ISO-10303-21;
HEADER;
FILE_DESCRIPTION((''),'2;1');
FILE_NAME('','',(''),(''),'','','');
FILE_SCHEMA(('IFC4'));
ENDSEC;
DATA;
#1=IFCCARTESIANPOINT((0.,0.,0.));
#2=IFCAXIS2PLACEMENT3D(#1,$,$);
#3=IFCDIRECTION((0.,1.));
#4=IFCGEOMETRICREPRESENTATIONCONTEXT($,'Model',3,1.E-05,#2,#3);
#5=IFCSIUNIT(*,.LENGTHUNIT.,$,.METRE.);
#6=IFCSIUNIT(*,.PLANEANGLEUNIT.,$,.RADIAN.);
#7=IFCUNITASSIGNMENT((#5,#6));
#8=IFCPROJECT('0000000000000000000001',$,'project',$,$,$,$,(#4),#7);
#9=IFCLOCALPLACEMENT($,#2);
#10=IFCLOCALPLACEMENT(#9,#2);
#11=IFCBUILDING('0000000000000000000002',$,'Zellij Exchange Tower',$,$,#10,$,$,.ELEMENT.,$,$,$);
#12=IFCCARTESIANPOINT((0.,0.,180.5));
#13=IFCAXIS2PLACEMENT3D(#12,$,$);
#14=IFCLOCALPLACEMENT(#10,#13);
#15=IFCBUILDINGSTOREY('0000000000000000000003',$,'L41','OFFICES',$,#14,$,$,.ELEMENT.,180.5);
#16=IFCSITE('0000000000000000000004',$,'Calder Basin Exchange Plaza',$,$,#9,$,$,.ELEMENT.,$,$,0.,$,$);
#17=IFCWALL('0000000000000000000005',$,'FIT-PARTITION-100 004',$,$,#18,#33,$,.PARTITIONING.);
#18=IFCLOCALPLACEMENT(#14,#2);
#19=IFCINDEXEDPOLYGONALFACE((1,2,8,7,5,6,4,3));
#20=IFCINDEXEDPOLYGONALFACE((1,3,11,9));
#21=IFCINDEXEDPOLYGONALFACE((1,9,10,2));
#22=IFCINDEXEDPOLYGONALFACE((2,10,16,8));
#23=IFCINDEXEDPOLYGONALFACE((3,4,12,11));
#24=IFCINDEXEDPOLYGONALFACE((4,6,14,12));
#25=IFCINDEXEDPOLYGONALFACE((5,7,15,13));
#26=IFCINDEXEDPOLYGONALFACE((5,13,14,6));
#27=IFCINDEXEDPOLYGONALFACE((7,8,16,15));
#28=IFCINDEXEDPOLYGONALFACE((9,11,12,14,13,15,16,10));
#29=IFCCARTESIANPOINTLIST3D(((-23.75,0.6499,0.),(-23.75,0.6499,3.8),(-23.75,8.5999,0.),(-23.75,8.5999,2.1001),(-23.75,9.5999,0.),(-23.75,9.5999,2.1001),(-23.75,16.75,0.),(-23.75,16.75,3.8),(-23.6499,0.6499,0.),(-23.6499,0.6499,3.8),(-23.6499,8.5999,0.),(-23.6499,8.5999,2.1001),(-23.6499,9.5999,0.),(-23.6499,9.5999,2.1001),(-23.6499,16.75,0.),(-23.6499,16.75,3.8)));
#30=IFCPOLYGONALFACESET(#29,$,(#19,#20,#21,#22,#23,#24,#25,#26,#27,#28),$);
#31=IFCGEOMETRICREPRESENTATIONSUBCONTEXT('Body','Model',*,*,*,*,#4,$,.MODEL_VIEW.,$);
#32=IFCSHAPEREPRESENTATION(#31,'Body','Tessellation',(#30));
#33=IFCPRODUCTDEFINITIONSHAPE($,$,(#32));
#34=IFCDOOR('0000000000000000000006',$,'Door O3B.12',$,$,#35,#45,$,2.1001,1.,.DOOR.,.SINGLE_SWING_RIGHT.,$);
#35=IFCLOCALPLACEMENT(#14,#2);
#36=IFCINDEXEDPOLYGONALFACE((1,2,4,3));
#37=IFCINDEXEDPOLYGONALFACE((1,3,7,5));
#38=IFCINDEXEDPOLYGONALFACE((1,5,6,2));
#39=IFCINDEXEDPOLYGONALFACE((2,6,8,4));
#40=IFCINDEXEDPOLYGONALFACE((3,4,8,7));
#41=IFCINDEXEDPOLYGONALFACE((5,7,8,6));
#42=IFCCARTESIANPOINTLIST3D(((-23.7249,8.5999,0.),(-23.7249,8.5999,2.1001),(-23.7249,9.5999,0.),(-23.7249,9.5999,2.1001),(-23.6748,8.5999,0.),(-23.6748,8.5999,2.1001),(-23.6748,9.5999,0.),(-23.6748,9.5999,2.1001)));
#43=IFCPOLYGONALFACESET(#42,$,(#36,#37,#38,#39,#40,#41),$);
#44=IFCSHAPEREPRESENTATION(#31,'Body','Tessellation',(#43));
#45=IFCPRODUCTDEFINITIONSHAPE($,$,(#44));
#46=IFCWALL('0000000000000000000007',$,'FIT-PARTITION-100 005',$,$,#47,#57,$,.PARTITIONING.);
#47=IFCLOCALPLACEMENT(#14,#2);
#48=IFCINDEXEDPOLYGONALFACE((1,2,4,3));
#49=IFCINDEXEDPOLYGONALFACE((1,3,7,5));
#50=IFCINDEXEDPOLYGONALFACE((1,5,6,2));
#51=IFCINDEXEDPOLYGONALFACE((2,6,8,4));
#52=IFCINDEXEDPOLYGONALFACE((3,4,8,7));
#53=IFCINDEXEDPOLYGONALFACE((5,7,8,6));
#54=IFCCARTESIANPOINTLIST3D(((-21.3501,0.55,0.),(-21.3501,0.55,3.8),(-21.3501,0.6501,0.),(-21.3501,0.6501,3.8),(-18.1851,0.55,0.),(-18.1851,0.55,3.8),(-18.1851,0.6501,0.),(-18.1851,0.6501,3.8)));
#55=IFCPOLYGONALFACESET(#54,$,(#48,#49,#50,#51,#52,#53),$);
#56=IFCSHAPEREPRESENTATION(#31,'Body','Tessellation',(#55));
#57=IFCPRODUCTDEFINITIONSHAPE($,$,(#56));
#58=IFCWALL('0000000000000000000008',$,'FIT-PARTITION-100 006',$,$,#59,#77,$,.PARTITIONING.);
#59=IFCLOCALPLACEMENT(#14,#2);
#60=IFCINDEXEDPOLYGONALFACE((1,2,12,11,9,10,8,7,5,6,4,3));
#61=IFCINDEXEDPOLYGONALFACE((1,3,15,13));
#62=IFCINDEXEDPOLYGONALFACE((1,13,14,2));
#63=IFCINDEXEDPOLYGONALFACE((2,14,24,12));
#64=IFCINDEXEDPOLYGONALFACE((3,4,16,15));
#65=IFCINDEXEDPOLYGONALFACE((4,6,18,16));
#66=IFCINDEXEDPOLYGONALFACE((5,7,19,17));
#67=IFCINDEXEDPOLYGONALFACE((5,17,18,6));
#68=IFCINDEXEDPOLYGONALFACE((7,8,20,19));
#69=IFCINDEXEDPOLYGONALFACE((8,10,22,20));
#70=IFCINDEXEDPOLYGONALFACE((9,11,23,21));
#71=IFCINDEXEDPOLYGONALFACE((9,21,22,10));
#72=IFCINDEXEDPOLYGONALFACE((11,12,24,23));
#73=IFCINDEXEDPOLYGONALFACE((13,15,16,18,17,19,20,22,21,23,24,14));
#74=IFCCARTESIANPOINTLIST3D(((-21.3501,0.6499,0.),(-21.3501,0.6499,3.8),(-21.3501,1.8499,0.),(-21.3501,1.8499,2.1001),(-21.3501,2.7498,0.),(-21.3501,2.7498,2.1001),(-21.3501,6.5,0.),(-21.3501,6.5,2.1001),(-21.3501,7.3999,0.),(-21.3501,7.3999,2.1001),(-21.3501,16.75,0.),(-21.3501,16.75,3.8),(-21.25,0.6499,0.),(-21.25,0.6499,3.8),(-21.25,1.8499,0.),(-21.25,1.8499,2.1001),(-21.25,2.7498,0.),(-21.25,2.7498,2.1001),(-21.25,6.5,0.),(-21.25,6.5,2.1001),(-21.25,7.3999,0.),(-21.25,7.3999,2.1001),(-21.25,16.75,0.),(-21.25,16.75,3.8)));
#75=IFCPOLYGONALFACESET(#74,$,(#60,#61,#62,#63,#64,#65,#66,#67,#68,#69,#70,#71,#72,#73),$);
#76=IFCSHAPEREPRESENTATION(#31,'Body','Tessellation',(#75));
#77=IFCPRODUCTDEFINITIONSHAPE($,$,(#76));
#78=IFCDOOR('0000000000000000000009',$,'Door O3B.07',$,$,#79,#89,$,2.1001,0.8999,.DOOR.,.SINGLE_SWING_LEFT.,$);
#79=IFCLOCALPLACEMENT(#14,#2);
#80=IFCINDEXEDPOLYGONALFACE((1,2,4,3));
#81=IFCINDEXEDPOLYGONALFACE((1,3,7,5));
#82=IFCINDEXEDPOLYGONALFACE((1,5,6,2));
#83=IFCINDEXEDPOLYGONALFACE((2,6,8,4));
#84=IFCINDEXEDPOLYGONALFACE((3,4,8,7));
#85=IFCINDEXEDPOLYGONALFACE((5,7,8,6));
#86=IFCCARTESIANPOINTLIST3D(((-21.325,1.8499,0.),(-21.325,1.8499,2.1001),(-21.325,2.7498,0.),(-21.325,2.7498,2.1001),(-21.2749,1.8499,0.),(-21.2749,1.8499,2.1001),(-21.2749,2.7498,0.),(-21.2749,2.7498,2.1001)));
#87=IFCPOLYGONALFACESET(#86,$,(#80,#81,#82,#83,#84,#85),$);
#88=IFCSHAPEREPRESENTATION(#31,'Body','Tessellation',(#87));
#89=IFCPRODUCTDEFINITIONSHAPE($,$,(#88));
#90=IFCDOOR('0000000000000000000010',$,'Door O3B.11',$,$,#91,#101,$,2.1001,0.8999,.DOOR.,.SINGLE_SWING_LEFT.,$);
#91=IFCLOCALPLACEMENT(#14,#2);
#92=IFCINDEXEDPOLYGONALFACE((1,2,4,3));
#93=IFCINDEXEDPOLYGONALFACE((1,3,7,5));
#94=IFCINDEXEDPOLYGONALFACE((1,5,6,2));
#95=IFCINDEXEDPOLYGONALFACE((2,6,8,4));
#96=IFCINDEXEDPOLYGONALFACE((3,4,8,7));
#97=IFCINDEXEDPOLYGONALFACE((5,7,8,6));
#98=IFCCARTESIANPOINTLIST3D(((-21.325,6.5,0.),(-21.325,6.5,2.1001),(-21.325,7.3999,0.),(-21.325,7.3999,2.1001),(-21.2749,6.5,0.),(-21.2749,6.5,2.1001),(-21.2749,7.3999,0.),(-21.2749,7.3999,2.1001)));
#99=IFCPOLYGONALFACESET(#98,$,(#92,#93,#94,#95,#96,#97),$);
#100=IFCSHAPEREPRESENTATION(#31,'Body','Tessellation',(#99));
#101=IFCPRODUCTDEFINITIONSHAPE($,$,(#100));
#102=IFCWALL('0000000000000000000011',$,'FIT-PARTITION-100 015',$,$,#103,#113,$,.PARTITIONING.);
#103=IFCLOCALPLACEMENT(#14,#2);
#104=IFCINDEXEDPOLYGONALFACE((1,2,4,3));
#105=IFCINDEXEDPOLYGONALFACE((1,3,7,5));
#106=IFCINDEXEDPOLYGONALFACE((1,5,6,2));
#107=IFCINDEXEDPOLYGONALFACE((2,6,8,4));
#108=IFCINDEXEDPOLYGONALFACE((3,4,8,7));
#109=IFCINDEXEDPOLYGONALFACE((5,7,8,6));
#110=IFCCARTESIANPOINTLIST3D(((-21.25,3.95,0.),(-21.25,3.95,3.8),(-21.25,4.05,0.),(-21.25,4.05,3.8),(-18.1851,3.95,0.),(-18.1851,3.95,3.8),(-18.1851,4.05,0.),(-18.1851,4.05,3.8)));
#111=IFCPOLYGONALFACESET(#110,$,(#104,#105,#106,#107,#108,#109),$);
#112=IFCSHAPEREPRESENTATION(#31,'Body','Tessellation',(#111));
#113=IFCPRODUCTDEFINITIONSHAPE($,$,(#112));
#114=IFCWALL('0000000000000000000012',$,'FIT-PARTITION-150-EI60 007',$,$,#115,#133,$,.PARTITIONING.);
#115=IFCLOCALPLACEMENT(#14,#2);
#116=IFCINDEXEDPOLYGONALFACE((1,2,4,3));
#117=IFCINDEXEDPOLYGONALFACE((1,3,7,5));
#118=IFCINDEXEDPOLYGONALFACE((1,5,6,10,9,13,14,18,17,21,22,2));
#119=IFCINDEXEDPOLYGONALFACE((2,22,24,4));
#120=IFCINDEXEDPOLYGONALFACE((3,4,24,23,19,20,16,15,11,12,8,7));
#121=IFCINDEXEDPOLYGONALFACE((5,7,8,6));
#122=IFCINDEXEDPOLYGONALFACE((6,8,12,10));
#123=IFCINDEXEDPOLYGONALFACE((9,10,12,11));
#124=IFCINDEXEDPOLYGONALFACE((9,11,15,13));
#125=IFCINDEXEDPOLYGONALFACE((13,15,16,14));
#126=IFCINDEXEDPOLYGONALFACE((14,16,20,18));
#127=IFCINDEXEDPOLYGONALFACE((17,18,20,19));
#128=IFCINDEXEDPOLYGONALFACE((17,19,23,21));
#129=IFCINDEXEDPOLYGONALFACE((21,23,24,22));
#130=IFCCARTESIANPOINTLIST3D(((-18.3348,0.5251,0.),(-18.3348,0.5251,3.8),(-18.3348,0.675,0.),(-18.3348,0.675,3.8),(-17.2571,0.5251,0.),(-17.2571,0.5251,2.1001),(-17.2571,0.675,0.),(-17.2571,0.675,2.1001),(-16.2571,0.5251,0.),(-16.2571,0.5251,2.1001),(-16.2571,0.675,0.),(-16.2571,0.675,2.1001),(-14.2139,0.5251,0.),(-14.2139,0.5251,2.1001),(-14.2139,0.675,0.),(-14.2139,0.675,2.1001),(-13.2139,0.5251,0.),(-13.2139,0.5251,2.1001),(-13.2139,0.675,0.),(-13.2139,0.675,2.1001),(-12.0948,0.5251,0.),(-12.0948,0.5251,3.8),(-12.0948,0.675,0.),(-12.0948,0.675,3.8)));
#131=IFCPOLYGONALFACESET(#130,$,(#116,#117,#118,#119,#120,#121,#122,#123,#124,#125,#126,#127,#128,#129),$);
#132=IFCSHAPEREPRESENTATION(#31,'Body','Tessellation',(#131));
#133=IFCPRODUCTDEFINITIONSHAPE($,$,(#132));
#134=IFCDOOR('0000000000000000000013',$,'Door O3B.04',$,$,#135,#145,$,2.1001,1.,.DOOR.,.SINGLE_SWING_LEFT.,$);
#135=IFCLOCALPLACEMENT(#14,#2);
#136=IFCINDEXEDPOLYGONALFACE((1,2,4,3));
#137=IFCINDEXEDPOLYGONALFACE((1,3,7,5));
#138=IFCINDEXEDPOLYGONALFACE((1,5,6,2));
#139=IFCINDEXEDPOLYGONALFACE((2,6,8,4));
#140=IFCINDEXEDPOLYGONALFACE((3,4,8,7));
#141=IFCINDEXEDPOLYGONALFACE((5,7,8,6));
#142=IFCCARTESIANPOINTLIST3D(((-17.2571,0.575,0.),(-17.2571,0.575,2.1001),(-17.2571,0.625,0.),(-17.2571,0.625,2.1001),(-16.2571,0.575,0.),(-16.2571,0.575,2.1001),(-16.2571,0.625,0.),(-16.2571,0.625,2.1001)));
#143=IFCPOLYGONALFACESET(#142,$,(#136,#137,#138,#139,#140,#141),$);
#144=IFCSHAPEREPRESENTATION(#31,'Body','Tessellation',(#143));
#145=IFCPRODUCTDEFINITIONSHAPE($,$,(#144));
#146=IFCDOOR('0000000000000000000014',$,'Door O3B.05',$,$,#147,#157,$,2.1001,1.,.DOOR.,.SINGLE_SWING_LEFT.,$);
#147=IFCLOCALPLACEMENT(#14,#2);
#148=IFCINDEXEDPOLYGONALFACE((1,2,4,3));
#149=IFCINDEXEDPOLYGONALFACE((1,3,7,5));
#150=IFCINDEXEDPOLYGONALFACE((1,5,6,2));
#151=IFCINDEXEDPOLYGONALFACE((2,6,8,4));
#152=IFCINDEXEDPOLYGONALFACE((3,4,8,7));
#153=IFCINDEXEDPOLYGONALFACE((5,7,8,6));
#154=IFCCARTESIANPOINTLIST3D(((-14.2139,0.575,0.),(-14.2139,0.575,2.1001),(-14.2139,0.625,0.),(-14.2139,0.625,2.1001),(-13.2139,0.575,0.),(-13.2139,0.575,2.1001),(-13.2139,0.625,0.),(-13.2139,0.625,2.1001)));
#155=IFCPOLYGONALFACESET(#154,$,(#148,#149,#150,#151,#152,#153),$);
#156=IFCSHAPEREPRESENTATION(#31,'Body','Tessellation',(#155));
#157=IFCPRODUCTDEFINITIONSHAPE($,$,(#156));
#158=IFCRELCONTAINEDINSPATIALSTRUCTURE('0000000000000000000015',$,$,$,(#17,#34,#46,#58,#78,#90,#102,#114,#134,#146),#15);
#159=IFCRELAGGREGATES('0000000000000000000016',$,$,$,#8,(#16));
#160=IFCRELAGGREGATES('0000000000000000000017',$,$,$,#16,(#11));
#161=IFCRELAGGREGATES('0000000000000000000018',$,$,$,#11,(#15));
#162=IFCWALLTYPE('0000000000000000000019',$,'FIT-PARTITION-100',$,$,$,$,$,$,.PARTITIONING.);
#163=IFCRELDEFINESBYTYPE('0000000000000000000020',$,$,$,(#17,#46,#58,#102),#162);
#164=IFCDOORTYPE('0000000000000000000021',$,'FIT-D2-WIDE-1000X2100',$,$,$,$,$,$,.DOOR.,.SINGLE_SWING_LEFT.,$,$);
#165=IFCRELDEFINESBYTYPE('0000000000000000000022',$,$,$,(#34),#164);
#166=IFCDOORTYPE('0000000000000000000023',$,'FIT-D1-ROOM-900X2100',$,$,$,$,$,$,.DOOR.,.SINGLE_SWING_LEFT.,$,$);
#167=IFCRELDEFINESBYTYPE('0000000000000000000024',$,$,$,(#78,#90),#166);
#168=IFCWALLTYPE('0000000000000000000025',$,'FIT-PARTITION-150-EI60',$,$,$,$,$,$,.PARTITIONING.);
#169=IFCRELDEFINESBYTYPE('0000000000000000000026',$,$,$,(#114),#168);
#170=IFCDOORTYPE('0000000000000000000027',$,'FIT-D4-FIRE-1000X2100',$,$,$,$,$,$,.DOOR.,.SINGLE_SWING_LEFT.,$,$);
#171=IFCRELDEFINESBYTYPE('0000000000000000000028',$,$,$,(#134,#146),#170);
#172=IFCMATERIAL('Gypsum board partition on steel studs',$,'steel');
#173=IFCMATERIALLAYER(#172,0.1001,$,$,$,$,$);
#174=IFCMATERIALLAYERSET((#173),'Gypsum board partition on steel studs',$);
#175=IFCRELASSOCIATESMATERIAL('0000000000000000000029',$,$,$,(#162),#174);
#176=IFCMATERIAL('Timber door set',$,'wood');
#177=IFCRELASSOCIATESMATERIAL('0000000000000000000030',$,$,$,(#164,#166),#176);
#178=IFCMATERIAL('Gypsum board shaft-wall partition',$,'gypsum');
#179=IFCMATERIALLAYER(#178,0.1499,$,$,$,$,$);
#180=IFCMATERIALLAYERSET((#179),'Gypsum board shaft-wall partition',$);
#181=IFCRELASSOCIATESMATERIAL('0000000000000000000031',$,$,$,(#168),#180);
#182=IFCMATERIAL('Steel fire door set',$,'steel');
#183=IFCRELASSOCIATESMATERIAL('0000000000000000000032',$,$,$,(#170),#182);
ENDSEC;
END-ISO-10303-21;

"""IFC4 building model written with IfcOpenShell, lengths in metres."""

from ifc_helpers import new_model, si_unit, direction, frame, frame_2d, origin, place, context, subcontext, project, spatial, rectangle, extrude, material, layer, layer_set, type_object, element, fill, save


model = new_model("IFC4")

# Units and contexts
model_context = context("Model", 3, precision=1e-05, world=origin(), true_north=direction((0.0, 1.0)))
body_context = subcontext(model_context, "Body", "Model", "MODEL_VIEW")
ifc_project = project(units=[si_unit("LENGTHUNIT", "METRE"), si_unit("PLANEANGLEUNIT", "RADIAN")], contexts=[model_context])

# Site, building, storey
site_placement = place(None, origin())
site = spatial("IfcSite", under=ifc_project, at=site_placement, Name="Calder Basin Exchange Plaza", CompositionType="ELEMENT", RefElevation=0.0)
building_placement = place(site_placement, origin())
building = spatial("IfcBuilding", under=site, at=building_placement, Name="Zellij Exchange Tower", CompositionType="ELEMENT")
storey_placement = place(building_placement, frame((0.0, 0.0, 180.5)))
storey = spatial("IfcBuildingStorey", under=building, at=storey_placement, Name="L41", Description="OFFICES", CompositionType="ELEMENT", Elevation=180.5)

# Wall, opening, door
ifc_material_1 = material(Name="Gypsum board partition on steel studs", Category="steel")
ifc_layer_1 = layer(ifc_material_1, 0.1001)
ifc_layer_set_1 = layer_set([ifc_layer_1], Name="Gypsum board partition on steel studs")
wall_type_1 = type_object("IfcWallType", Name="FIT-PARTITION-100", PredefinedType="PARTITIONING", material=ifc_layer_set_1)
wall_1_placement = place(storey_placement, frame((-23.7, 0.6499, 0.0), z_axis=(0.0, 0.0, 1.0), x_axis=(0.0, 1.0, 0.0)))
wall_1 = element("IfcWall", 1, at=wall_1_placement, inside=storey, type_object=wall_type_1, Name="FIT-PARTITION-100 004", PredefinedType="PARTITIONING", context=body_context, shape_type="SweptSolid", body=[
    extrude(rectangle(XDim=16.1001, YDim=0.1001, at=frame_2d((8.05, 0.0))), origin(), (0.0, 0.0, 1.0), 3.8),
])
opening_1_placement = place(wall_1_placement, frame((7.95, 0.0, 0.0)))
opening_1 = element("IfcOpeningElement", 2, at=opening_1_placement, cuts=wall_1, PredefinedType="OPENING", context=body_context, shape_type="SweptSolid", body=[
    extrude(rectangle(XDim=1.0, YDim=2.1001, at=frame_2d((0.5, 1.05))), frame((0.0, 0.062, 0.0), z_axis=(0.0, -1.0, 0.0), x_axis=(1.0, 0.0, 0.0)), (0.0, 0.0, 1.0), 0.124),
])
ifc_material_2 = material(Name="Timber door set", Category="wood")
door_type_1 = type_object("IfcDoorType", Name="FIT-D2-WIDE-1000X2100", OperationType="SINGLE_SWING_LEFT", PredefinedType="DOOR", material=ifc_material_2)
door_1_placement = place(opening_1_placement, origin())
door_1 = element("IfcDoor", 3, at=door_1_placement, inside=storey, type_object=door_type_1, Name="Door O3B.12", OperationType="SINGLE_SWING_RIGHT", OverallHeight=2.1001, OverallWidth=1.0, PredefinedType="DOOR", context=body_context, shape_type="SweptSolid", body=[
    extrude(rectangle(XDim=1.0, YDim=2.1001, at=frame_2d((0.5, 1.05))), frame((0.0, 0.0249, 0.0), z_axis=(0.0, -1.0, 0.0), x_axis=(1.0, 0.0, 0.0)), (0.0, 0.0, 1.0), 0.05),
])
fill(opening_1, door_1)

# Wall
wall_2_placement = place(storey_placement, frame((-21.3501, 0.6001, 0.0), z_axis=(0.0, 0.0, 1.0), x_axis=(1.0, 0.0, 0.0)))
element("IfcWall", 4, at=wall_2_placement, inside=storey, type_object=wall_type_1, Name="FIT-PARTITION-100 005", PredefinedType="PARTITIONING", context=body_context, shape_type="SweptSolid", body=[
    extrude(rectangle(XDim=3.165, YDim=0.1001, at=frame_2d((1.5825, 0.0))), origin(), (0.0, 0.0, 1.0), 3.8),
])

# Wall, openings, doors
wall_3_placement = place(storey_placement, frame((-21.3, 0.6499, 0.0), z_axis=(0.0, 0.0, 1.0), x_axis=(0.0, 1.0, 0.0)))
wall_3 = element("IfcWall", 5, at=wall_3_placement, inside=storey, type_object=wall_type_1, Name="FIT-PARTITION-100 006", PredefinedType="PARTITIONING", context=body_context, shape_type="SweptSolid", body=[
    extrude(rectangle(XDim=16.1001, YDim=0.1001, at=frame_2d((8.05, 0.0))), origin(), (0.0, 0.0, 1.0), 3.8),
])
opening_2_placement = place(wall_3_placement, frame((1.2, 0.0, 0.0)))
opening_2 = element("IfcOpeningElement", 6, at=opening_2_placement, cuts=wall_3, PredefinedType="OPENING", context=body_context, shape_type="SweptSolid", body=[
    extrude(rectangle(XDim=0.8999, YDim=2.1001, at=frame_2d((0.45, 1.05))), frame((0.0, 0.062, 0.0), z_axis=(0.0, -1.0, 0.0), x_axis=(1.0, 0.0, 0.0)), (0.0, 0.0, 1.0), 0.124),
])
opening_3_placement = place(wall_3_placement, frame((5.8501, 0.0, 0.0)))
opening_3 = element("IfcOpeningElement", 7, at=opening_3_placement, cuts=wall_3, PredefinedType="OPENING", context=body_context, shape_type="SweptSolid", body=[
    extrude(rectangle(XDim=0.8999, YDim=2.1001, at=frame_2d((0.45, 1.05))), frame((0.0, 0.062, 0.0), z_axis=(0.0, -1.0, 0.0), x_axis=(1.0, 0.0, 0.0)), (0.0, 0.0, 1.0), 0.124),
])
door_type_2 = type_object("IfcDoorType", Name="FIT-D1-ROOM-900X2100", OperationType="SINGLE_SWING_LEFT", PredefinedType="DOOR", material=ifc_material_2)
door_2_placement = place(opening_2_placement, origin())
door_2 = element("IfcDoor", 8, at=door_2_placement, inside=storey, type_object=door_type_2, Name="Door O3B.07", OperationType="SINGLE_SWING_LEFT", OverallHeight=2.1001, OverallWidth=0.8999, PredefinedType="DOOR", context=body_context, shape_type="SweptSolid", body=[
    extrude(rectangle(XDim=0.8999, YDim=2.1001, at=frame_2d((0.45, 1.05))), frame((0.0, 0.0249, 0.0), z_axis=(0.0, -1.0, 0.0), x_axis=(1.0, 0.0, 0.0)), (0.0, 0.0, 1.0), 0.05),
])
fill(opening_2, door_2)
door_3_placement = place(opening_3_placement, origin())
door_3 = element("IfcDoor", 9, at=door_3_placement, inside=storey, type_object=door_type_2, Name="Door O3B.11", OperationType="SINGLE_SWING_LEFT", OverallHeight=2.1001, OverallWidth=0.8999, PredefinedType="DOOR", context=body_context, shape_type="SweptSolid", body=[
    extrude(rectangle(XDim=0.8999, YDim=2.1001, at=frame_2d((0.45, 1.05))), frame((0.0, 0.0249, 0.0), z_axis=(0.0, -1.0, 0.0), x_axis=(1.0, 0.0, 0.0)), (0.0, 0.0, 1.0), 0.05),
])
fill(opening_3, door_3)

# Wall
wall_4_placement = place(storey_placement, frame((-21.25, 4.0, 0.0), z_axis=(0.0, 0.0, 1.0), x_axis=(1.0, 0.0, 0.0)))
element("IfcWall", 10, at=wall_4_placement, inside=storey, type_object=wall_type_1, Name="FIT-PARTITION-100 015", PredefinedType="PARTITIONING", context=body_context, shape_type="SweptSolid", body=[
    extrude(rectangle(XDim=3.0649, YDim=0.1001, at=frame_2d((1.5325, 0.0))), origin(), (0.0, 0.0, 1.0), 3.8),
])

# Wall, openings, doors
ifc_material_3 = material(Name="Gypsum board shaft-wall partition", Category="gypsum")
ifc_layer_2 = layer(ifc_material_3, 0.1499)
ifc_layer_set_2 = layer_set([ifc_layer_2], Name="Gypsum board shaft-wall partition")
wall_type_2 = type_object("IfcWallType", Name="FIT-PARTITION-150-EI60", PredefinedType="PARTITIONING", material=ifc_layer_set_2)
wall_5_placement = place(storey_placement, frame((-18.335, 0.6001, 0.0), z_axis=(0.0, 0.0, 1.0), x_axis=(1.0, 0.0, 0.0)))
wall_5 = element("IfcWall", 11, at=wall_5_placement, inside=storey, type_object=wall_type_2, Name="FIT-PARTITION-150-EI60 007", PredefinedType="PARTITIONING", context=body_context, shape_type="SweptSolid", body=[
    extrude(rectangle(XDim=6.24, YDim=0.1499, at=frame_2d((3.1201, 0.0))), origin(), (0.0, 0.0, 1.0), 3.8),
])
opening_4_placement = place(wall_5_placement, frame((1.0779, 0.0, 0.0)))
opening_4 = element("IfcOpeningElement", 12, at=opening_4_placement, cuts=wall_5, PredefinedType="OPENING", context=body_context, shape_type="SweptSolid", body=[
    extrude(rectangle(XDim=1.0, YDim=2.1001, at=frame_2d((0.5, 1.05))), frame((0.0, 0.0869, 0.0), z_axis=(0.0, -1.0, 0.0), x_axis=(1.0, 0.0, 0.0)), (0.0, 0.0, 1.0), 0.1738),
])
opening_5_placement = place(wall_5_placement, frame((4.1211, 0.0, 0.0)))
opening_5 = element("IfcOpeningElement", 13, at=opening_5_placement, cuts=wall_5, PredefinedType="OPENING", context=body_context, shape_type="SweptSolid", body=[
    extrude(rectangle(XDim=1.0, YDim=2.1001, at=frame_2d((0.5, 1.05))), frame((0.0, 0.0869, 0.0), z_axis=(0.0, -1.0, 0.0), x_axis=(1.0, 0.0, 0.0)), (0.0, 0.0, 1.0), 0.1738),
])
ifc_material_4 = material(Name="Steel fire door set", Category="steel")
door_type_3 = type_object("IfcDoorType", Name="FIT-D4-FIRE-1000X2100", OperationType="SINGLE_SWING_LEFT", PredefinedType="DOOR", material=ifc_material_4)
door_4_placement = place(opening_4_placement, origin())
door_4 = element("IfcDoor", 14, at=door_4_placement, inside=storey, type_object=door_type_3, Name="Door O3B.04", OperationType="SINGLE_SWING_LEFT", OverallHeight=2.1001, OverallWidth=1.0, PredefinedType="DOOR", context=body_context, shape_type="SweptSolid", body=[
    extrude(rectangle(XDim=1.0, YDim=2.1001, at=frame_2d((0.5, 1.05))), frame((0.0, 0.0249, 0.0), z_axis=(0.0, -1.0, 0.0), x_axis=(1.0, 0.0, 0.0)), (0.0, 0.0, 1.0), 0.05),
])
fill(opening_4, door_4)
door_5_placement = place(opening_5_placement, origin())
door_5 = element("IfcDoor", 15, at=door_5_placement, inside=storey, type_object=door_type_3, Name="Door O3B.05", OperationType="SINGLE_SWING_LEFT", OverallHeight=2.1001, OverallWidth=1.0, PredefinedType="DOOR", context=body_context, shape_type="SweptSolid", body=[
    extrude(rectangle(XDim=1.0, YDim=2.1001, at=frame_2d((0.5, 1.05))), frame((0.0, 0.0249, 0.0), z_axis=(0.0, -1.0, 0.0), x_axis=(1.0, 0.0, 0.0)), (0.0, 0.0, 1.0), 0.05),
])
fill(opening_5, door_5)

save(model, "model.ifc")
